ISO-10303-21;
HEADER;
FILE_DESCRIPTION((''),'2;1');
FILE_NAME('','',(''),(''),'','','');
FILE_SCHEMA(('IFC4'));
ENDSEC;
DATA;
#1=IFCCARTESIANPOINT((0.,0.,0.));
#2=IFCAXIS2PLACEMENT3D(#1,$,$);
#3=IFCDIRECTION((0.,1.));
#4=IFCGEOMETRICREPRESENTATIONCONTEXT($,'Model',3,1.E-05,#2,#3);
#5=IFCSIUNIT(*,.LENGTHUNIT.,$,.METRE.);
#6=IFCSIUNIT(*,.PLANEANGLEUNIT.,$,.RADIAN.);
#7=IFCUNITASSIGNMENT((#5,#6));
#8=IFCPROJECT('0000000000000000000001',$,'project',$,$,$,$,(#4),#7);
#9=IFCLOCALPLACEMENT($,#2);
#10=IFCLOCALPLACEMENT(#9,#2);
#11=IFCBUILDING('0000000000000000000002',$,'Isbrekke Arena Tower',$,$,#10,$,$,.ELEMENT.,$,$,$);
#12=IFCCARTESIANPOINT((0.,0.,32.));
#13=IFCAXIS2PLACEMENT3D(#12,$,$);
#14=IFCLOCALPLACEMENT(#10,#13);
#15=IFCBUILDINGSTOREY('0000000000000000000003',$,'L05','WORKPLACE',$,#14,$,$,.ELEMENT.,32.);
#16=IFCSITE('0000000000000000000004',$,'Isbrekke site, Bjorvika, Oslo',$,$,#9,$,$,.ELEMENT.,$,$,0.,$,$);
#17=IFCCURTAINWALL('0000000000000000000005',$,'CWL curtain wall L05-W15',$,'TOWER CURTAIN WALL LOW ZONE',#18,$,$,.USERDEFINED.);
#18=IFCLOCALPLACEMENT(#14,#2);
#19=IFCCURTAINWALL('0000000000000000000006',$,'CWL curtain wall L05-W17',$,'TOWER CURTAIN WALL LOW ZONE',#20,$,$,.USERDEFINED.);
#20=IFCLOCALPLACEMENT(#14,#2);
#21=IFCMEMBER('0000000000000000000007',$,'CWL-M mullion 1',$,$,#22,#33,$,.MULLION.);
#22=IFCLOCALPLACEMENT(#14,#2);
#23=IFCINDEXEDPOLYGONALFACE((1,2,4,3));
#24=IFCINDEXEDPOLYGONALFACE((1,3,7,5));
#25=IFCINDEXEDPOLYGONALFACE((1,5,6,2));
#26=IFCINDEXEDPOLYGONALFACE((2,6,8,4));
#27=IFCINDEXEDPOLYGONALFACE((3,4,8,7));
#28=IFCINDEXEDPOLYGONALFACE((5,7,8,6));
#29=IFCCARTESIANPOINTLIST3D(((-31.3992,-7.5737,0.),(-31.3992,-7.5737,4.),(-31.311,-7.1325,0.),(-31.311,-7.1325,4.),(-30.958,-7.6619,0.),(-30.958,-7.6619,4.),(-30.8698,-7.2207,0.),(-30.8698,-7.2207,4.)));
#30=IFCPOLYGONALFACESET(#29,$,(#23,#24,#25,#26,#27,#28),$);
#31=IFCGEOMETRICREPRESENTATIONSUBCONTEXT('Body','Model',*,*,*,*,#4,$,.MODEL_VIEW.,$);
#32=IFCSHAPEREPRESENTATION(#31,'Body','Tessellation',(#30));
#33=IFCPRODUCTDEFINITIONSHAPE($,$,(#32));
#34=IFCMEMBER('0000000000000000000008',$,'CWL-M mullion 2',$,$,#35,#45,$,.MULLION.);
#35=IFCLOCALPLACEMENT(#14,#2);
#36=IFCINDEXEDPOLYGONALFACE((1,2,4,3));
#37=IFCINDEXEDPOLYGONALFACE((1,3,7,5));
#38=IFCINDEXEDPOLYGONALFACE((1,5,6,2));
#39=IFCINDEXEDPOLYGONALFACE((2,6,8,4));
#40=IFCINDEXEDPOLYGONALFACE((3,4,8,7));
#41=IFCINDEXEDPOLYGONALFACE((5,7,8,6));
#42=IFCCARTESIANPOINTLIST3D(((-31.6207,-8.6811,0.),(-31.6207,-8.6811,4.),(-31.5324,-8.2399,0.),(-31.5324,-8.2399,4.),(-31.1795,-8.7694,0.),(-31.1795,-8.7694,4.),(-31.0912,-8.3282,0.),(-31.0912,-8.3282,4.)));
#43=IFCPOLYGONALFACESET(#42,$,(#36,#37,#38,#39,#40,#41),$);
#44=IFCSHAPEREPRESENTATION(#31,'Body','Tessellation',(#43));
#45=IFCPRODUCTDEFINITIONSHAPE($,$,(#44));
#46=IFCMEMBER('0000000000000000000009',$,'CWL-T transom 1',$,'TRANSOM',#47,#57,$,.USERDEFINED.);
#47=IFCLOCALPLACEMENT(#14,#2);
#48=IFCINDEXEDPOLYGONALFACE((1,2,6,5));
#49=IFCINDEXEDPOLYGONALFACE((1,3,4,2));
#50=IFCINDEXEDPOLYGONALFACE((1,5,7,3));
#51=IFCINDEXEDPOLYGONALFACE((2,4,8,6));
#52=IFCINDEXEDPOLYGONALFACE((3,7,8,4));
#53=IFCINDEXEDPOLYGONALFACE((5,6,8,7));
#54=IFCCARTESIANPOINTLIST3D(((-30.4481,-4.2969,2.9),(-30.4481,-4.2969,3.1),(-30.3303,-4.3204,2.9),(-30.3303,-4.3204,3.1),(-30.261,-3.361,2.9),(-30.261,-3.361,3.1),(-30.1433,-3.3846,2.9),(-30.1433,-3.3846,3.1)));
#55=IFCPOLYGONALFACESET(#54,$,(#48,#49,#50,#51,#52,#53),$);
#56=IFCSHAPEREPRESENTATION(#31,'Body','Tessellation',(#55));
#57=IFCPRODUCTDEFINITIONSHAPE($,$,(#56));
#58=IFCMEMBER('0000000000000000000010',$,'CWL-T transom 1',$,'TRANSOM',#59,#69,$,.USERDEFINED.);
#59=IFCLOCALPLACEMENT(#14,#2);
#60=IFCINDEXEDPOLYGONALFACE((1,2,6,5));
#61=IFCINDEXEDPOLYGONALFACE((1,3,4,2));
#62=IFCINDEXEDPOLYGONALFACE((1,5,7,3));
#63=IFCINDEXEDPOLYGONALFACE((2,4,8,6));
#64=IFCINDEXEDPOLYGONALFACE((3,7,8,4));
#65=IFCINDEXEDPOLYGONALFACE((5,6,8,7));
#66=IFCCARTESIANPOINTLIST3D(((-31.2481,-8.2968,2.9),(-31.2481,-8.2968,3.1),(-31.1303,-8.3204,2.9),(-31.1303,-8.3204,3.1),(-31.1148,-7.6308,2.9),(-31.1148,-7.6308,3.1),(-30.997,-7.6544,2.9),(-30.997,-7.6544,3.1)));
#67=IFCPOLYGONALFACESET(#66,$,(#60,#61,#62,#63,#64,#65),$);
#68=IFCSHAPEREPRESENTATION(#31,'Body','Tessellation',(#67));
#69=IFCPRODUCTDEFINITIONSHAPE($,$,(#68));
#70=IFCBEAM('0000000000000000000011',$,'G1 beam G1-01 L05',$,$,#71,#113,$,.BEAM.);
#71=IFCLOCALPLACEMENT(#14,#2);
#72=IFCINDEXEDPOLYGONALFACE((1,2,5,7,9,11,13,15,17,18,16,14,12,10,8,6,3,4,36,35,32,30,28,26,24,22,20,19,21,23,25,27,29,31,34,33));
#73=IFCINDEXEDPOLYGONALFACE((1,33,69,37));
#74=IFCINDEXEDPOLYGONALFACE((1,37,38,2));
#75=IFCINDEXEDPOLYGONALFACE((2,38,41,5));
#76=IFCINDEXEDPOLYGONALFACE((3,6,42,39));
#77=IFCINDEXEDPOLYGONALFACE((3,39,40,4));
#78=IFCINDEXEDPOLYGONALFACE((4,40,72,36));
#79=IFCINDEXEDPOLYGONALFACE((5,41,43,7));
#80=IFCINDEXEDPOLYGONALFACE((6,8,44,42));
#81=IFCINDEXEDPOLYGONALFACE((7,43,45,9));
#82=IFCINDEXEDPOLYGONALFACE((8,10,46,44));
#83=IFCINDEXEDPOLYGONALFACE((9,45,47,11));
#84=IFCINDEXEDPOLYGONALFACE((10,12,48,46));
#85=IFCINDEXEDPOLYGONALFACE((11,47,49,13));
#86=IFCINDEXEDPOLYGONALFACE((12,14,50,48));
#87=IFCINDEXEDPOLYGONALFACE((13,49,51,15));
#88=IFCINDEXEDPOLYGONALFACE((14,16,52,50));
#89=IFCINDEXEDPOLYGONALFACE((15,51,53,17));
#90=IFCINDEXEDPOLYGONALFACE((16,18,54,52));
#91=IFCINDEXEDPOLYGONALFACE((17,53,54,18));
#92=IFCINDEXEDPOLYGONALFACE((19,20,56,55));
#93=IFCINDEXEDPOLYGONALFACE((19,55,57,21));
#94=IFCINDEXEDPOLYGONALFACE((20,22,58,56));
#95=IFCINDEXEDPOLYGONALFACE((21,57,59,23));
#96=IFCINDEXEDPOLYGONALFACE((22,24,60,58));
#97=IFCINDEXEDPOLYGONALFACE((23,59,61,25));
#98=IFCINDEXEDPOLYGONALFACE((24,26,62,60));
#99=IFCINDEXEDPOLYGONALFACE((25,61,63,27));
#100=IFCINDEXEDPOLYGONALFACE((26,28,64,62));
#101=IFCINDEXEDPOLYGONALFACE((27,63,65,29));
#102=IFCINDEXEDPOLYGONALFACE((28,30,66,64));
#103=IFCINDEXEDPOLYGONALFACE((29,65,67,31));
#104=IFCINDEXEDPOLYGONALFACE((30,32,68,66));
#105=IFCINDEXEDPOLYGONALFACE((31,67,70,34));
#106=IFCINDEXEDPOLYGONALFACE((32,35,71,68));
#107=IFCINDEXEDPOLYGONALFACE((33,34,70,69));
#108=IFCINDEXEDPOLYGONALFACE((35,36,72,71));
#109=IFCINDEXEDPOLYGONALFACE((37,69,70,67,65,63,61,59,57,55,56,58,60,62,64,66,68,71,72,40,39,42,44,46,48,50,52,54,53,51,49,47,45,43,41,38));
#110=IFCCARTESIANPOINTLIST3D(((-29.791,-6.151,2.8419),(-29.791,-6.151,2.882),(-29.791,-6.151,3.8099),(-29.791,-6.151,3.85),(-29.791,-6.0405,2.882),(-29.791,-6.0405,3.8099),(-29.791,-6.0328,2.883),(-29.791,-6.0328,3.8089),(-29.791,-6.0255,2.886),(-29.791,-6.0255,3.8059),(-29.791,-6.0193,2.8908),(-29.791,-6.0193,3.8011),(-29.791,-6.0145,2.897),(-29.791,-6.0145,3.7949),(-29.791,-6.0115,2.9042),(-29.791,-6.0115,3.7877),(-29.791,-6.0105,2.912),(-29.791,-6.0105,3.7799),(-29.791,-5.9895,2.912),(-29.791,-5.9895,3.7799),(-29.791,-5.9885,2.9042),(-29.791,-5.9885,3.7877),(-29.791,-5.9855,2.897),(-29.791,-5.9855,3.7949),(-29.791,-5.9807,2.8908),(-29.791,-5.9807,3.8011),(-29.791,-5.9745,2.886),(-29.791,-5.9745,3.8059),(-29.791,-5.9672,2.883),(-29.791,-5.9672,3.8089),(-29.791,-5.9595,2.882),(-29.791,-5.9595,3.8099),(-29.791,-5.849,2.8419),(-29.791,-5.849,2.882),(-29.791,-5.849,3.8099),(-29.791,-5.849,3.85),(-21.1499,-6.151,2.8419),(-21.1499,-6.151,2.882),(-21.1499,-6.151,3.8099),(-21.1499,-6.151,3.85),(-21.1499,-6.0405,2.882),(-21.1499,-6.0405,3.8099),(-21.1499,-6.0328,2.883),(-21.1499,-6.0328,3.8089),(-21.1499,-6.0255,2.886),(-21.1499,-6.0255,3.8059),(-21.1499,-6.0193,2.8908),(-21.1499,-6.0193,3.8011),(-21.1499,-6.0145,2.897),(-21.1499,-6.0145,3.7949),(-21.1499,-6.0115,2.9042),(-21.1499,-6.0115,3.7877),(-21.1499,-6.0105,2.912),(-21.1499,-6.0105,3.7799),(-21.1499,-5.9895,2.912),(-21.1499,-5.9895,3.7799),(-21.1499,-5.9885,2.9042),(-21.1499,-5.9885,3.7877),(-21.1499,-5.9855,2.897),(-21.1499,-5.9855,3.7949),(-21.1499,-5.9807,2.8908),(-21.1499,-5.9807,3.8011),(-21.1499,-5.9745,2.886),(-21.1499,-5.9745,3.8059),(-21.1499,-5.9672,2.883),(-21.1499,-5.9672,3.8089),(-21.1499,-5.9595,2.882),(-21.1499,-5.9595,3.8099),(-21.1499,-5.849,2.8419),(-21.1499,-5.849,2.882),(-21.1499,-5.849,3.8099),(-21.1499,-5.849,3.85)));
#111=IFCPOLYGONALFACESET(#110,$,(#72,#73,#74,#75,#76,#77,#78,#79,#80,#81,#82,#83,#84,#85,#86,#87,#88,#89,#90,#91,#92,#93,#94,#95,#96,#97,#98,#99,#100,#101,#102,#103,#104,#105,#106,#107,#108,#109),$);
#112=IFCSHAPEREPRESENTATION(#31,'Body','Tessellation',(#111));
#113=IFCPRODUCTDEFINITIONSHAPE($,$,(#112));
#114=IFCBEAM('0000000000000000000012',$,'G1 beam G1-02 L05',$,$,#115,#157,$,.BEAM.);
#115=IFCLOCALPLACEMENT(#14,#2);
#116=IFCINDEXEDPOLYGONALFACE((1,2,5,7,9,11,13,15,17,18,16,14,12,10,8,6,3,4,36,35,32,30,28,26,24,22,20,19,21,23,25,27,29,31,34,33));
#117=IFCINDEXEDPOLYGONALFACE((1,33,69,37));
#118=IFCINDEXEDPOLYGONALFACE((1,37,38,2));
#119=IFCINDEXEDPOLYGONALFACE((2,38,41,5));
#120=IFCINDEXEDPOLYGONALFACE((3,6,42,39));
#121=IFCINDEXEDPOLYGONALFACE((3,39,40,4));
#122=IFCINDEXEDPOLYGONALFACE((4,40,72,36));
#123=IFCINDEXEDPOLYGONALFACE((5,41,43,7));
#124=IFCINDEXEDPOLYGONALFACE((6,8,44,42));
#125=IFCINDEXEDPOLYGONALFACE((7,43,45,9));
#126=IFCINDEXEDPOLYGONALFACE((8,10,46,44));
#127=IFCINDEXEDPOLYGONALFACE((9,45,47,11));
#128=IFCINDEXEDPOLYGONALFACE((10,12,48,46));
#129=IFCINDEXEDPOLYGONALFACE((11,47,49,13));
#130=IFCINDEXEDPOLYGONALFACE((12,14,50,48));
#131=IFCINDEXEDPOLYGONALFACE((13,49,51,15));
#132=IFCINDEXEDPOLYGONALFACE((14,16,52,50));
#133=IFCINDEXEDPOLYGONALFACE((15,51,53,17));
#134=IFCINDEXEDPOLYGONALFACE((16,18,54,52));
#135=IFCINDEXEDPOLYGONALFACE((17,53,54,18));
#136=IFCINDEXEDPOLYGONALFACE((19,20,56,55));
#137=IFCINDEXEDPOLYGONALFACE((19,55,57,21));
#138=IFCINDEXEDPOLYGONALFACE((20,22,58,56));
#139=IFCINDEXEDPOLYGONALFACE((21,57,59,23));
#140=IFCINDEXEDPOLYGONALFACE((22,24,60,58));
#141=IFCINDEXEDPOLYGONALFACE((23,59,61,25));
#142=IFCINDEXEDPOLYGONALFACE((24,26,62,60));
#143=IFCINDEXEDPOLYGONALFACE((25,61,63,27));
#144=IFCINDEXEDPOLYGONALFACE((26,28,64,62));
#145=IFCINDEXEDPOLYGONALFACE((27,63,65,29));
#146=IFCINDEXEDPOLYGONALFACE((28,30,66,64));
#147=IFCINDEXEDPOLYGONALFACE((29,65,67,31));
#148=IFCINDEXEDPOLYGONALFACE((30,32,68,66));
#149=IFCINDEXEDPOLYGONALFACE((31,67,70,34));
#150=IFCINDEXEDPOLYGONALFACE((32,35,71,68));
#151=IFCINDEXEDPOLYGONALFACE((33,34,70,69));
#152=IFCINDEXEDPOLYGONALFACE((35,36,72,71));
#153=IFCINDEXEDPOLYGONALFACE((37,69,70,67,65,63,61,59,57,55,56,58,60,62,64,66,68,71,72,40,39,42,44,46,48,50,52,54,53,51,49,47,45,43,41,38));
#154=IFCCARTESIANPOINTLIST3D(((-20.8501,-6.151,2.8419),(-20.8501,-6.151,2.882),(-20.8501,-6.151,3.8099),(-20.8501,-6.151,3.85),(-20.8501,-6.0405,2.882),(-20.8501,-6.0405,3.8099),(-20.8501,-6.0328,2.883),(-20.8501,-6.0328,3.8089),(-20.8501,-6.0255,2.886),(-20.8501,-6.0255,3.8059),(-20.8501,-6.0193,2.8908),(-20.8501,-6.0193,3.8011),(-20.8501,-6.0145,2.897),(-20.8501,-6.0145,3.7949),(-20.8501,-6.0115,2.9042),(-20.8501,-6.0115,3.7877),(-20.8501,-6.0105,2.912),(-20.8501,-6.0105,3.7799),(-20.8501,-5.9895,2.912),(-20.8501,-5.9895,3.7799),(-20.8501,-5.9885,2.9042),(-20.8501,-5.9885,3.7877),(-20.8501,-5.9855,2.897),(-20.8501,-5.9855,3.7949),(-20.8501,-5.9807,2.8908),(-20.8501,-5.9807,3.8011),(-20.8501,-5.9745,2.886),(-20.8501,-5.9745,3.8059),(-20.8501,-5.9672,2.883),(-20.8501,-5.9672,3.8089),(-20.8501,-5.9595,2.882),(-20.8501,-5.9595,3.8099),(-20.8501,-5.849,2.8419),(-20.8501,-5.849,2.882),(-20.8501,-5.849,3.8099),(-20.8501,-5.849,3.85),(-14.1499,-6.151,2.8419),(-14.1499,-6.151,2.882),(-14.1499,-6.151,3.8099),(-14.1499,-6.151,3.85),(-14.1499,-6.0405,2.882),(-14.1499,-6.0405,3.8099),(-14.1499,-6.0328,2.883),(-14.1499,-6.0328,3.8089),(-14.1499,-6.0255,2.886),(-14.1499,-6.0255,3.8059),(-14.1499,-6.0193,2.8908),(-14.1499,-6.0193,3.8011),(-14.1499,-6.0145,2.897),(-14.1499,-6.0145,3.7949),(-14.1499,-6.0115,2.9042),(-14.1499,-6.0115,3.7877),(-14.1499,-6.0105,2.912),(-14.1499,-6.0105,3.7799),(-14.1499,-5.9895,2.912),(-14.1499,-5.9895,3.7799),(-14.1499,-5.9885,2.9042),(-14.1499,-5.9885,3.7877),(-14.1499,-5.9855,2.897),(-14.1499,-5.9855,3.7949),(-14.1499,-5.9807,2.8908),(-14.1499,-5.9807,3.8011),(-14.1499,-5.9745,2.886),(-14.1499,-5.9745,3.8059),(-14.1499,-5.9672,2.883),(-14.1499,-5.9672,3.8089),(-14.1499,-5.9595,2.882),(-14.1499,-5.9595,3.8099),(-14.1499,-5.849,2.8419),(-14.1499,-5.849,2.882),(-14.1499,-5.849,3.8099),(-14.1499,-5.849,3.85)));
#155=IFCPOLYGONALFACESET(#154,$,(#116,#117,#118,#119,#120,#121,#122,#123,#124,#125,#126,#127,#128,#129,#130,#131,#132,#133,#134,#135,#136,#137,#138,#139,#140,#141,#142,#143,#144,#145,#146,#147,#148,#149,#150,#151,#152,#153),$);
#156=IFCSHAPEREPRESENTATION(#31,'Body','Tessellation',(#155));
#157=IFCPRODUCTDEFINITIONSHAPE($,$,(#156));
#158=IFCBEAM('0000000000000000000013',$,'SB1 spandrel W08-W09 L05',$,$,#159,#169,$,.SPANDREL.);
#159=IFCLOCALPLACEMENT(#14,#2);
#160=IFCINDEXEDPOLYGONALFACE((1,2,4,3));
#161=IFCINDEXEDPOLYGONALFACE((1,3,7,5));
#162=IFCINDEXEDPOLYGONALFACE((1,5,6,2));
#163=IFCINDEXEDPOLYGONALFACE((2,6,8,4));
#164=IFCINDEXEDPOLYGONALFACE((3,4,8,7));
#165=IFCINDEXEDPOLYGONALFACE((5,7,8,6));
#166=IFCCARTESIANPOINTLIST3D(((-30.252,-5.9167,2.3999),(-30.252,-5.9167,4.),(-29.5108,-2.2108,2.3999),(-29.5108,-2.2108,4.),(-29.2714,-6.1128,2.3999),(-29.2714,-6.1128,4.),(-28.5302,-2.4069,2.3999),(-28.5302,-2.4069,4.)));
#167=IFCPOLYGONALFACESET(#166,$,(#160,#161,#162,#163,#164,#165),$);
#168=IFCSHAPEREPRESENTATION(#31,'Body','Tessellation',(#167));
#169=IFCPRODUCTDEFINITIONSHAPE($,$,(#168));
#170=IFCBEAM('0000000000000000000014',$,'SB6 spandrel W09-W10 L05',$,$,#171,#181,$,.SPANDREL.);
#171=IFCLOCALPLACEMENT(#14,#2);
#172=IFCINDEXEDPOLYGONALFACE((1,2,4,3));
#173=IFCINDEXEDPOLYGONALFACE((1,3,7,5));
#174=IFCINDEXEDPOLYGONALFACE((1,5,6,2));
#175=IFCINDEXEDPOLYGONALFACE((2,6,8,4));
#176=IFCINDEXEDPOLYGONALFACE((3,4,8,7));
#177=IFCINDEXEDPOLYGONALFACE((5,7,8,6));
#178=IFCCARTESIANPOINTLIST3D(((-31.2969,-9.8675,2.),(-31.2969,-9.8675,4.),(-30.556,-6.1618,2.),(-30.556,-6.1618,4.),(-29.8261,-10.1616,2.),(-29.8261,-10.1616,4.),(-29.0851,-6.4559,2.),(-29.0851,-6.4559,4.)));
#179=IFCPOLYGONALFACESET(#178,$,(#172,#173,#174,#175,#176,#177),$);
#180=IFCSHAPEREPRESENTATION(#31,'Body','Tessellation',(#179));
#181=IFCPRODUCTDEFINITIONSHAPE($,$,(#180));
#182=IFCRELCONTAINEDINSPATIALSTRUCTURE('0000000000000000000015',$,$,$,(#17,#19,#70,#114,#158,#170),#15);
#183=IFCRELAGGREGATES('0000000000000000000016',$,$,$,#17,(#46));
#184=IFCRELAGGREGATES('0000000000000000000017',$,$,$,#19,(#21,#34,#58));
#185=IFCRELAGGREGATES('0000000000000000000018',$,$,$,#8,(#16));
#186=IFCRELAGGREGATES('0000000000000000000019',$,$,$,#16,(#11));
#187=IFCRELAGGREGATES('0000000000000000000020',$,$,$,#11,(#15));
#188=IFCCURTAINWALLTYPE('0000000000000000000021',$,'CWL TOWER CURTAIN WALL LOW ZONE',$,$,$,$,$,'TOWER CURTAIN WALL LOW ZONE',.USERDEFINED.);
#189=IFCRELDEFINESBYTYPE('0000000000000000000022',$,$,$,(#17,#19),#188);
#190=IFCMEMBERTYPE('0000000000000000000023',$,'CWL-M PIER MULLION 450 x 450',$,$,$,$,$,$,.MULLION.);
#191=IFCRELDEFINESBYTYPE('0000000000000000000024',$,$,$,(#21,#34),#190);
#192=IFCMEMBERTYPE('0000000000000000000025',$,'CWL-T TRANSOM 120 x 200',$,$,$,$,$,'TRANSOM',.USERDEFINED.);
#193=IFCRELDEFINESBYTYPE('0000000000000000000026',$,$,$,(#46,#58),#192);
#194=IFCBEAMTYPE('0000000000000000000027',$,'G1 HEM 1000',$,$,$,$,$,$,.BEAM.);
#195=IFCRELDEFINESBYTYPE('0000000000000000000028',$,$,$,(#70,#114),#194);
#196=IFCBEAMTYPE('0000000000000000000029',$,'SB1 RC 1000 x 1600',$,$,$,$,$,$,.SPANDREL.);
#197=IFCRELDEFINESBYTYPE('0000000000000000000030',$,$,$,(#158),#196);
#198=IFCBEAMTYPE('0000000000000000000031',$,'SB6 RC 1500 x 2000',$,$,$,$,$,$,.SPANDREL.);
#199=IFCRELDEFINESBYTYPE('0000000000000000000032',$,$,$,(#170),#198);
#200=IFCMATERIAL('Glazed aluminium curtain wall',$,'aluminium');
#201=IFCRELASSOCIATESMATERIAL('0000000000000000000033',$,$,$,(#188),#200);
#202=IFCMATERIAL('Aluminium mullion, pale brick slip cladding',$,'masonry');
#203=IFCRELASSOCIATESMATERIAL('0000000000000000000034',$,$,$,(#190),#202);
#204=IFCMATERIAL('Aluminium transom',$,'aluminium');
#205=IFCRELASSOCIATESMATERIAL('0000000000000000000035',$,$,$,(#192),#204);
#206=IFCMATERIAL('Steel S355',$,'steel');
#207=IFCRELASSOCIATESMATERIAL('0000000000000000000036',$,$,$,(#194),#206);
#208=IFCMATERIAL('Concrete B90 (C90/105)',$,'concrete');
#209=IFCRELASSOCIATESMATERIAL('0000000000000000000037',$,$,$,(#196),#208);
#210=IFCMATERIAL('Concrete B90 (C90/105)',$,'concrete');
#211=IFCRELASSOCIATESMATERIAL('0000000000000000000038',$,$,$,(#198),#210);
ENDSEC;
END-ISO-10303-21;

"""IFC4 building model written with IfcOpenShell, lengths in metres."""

from ifc_helpers import new_model, si_unit, direction, frame, origin, origin_2d, place, context, subcontext, project, spatial, rectangle, i_section, extrude, material, material_profile, profile_set, type_object, element, aggregate, save


model = new_model("IFC4")

# Units and contexts
model_context = context("Model", 3, precision=1e-05, world=origin(), true_north=direction((0.0, 1.0)))
body_context = subcontext(model_context, "Body", "Model", "MODEL_VIEW")
ifc_project = project(units=[si_unit("LENGTHUNIT", "METRE"), si_unit("PLANEANGLEUNIT", "RADIAN")], contexts=[model_context])

# Site, building, storey
site_placement = place(None, origin())
site = spatial("IfcSite", under=ifc_project, at=site_placement, Name="Isbrekke site, Bjorvika, Oslo", CompositionType="ELEMENT", RefElevation=0.0)
building_placement = place(site_placement, origin())
building = spatial("IfcBuilding", under=site, at=building_placement, Name="Isbrekke Arena Tower", CompositionType="ELEMENT")
storey_placement = place(building_placement, frame((0.0, 0.0, 32.0)))
storey = spatial("IfcBuildingStorey", under=building, at=storey_placement, Name="L05", Description="WORKPLACE", CompositionType="ELEMENT", Elevation=32.0)

# Shared definitions
ifc_material_1 = material(Name="Glazed aluminium curtain wall", Category="aluminium")
curtain_wall_type = type_object("IfcCurtainWallType", Name="CWL TOWER CURTAIN WALL LOW ZONE", ElementType="TOWER CURTAIN WALL LOW ZONE", PredefinedType="USERDEFINED", material=ifc_material_1)
ifc_material_2 = material(Name="Aluminium mullion, pale brick slip cladding", Category="masonry")
ifc_material_profile_1 = material_profile(ifc_material_2, rectangle(XDim=0.45, YDim=0.45, at=origin_2d()), Name="PIER 450X450")
ifc_profile_set_1 = profile_set([ifc_material_profile_1], Name="Aluminium mullion, pale brick slip cladding")
member_type_1 = type_object("IfcMemberType", Name="CWL-M PIER MULLION 450 x 450", PredefinedType="MULLION", material=ifc_profile_set_1)

# Curtain walls, members
curtain_wall_1_placement = place(storey_placement, origin())
curtain_wall_1 = element("IfcCurtainWall", 1, at=curtain_wall_1_placement, inside=storey, type_object=curtain_wall_type, Name="CWL curtain wall L05-W15", ObjectType="TOWER CURTAIN WALL LOW ZONE", PredefinedType="USERDEFINED")
curtain_wall_2_placement = place(storey_placement, origin())
curtain_wall_2 = element("IfcCurtainWall", 2, at=curtain_wall_2_placement, inside=storey, type_object=curtain_wall_type, Name="CWL curtain wall L05-W17", ObjectType="TOWER CURTAIN WALL LOW ZONE", PredefinedType="USERDEFINED")
member_1_placement = place(storey_placement, frame((-31.1345, -7.3972, 0.0), z_axis=(0.0, 0.0, 1.0), x_axis=(-0.196116, -0.980581, 0.0)))
member_1 = element("IfcMember", 3, at=member_1_placement, type_object=member_type_1, Name="CWL-M mullion 1", PredefinedType="MULLION", context=body_context, shape_type="SweptSolid", body=[
    extrude(rectangle(XDim=0.45, YDim=0.45, at=origin_2d()), origin(), (0.0, 0.0, 1.0), 4.0),
])
member_2_placement = place(storey_placement, frame((-31.356, -8.5046, 0.0), z_axis=(0.0, 0.0, 1.0), x_axis=(-0.196116, -0.980581, 0.0)))
member_2 = element("IfcMember", 4, at=member_2_placement, type_object=member_type_1, Name="CWL-M mullion 2", PredefinedType="MULLION", context=body_context, shape_type="SweptSolid", body=[
    extrude(rectangle(XDim=0.45, YDim=0.45, at=origin_2d()), origin(), (0.0, 0.0, 1.0), 4.0),
])

# Members
ifc_material_3 = material(Name="Aluminium transom", Category="aluminium")
ifc_material_profile_2 = material_profile(ifc_material_3, rectangle(XDim=0.1201, YDim=0.2, at=origin_2d()), Name="TRANSOM 120X200")
ifc_profile_set_2 = profile_set([ifc_material_profile_2], Name="Aluminium transom")
member_type_2 = type_object("IfcMemberType", Name="CWL-T TRANSOM 120 x 200", ElementType="TRANSOM", PredefinedType="USERDEFINED", material=ifc_profile_set_2)
member_3_placement = place(storey_placement, frame((-30.2021, -3.3728, 3.0), z_axis=(-0.195969, -0.98061, 0.0), x_axis=(0.98061, -0.195969, 0.0)))
member_3 = element("IfcMember", 5, at=member_3_placement, type_object=member_type_2, Name="CWL-T transom 1", ObjectType="TRANSOM", PredefinedType="USERDEFINED", context=body_context, shape_type="SweptSolid", body=[
    extrude(rectangle(XDim=0.1201, YDim=0.2, at=origin_2d()), origin(), (0.0, 0.0, 1.0), 0.9543),
])
member_4_placement = place(storey_placement, frame((-31.0559, -7.6426, 3.0), z_axis=(-0.196254, -0.980553, 0.0), x_axis=(0.980553, -0.196254, 0.0)))
member_4 = element("IfcMember", 6, at=member_4_placement, type_object=member_type_2, Name="CWL-T transom 1", ObjectType="TRANSOM", PredefinedType="USERDEFINED", context=body_context, shape_type="SweptSolid", body=[
    extrude(rectangle(XDim=0.1201, YDim=0.2, at=origin_2d()), origin(), (0.0, 0.0, 1.0), 0.6792),
])

# Beams
ifc_material_4 = material(Name="Steel S355", Category="steel")
ifc_material_profile_3 = material_profile(ifc_material_4, i_section(OverallWidth=0.302, OverallDepth=1.0081, WebThickness=0.021, FlangeThickness=0.04, FilletRadius=0.03, at=origin_2d()), Name="HEM 1000")
ifc_profile_set_3 = profile_set([ifc_material_profile_3], Name="Steel S355")
beam_type_1 = type_object("IfcBeamType", Name="G1 HEM 1000", PredefinedType="BEAM", material=ifc_profile_set_3)
beam_1_placement = place(storey_placement, frame((-29.791, -6.0, 3.3459), z_axis=(1.0, 0.0, 0.0), x_axis=(0.0, 1.0, 0.0)))
element("IfcBeam", 7, at=beam_1_placement, inside=storey, type_object=beam_type_1, Name="G1 beam G1-01 L05", PredefinedType="BEAM", context=body_context, shape_type="SweptSolid", body=[
    extrude(i_section(OverallWidth=0.302, OverallDepth=1.0081, WebThickness=0.021, FlangeThickness=0.04, FilletRadius=0.03, at=origin_2d()), origin(), (0.0, 0.0, 1.0), 8.6411),
])
beam_2_placement = place(storey_placement, frame((-20.8501, -6.0, 3.3459), z_axis=(1.0, 0.0, 0.0), x_axis=(0.0, 1.0, 0.0)))
element("IfcBeam", 8, at=beam_2_placement, inside=storey, type_object=beam_type_1, Name="G1 beam G1-02 L05", PredefinedType="BEAM", context=body_context, shape_type="SweptSolid", body=[
    extrude(i_section(OverallWidth=0.302, OverallDepth=1.0081, WebThickness=0.021, FlangeThickness=0.04, FilletRadius=0.03, at=origin_2d()), origin(), (0.0, 0.0, 1.0), 6.7002),
])
ifc_material_5 = material(Name="Concrete B90 (C90/105)", Category="concrete")
ifc_material_profile_4 = material_profile(ifc_material_5, rectangle(XDim=1.0, YDim=1.6001, at=origin_2d()), Name="RC 1000x1600")
ifc_profile_set_4 = profile_set([ifc_material_profile_4], Name="Concrete B90 (C90/105)")
beam_type_2 = type_object("IfcBeamType", Name="SB1 RC 1000 x 1600", PredefinedType="SPANDREL", material=ifc_profile_set_4)
beam_3_placement = place(storey_placement, frame((-29.0205, -2.3088, 3.2), z_axis=(-0.196129, -0.980578, 0.0), x_axis=(0.980578, -0.196129, 0.0)))
element("IfcBeam", 9, at=beam_3_placement, inside=storey, type_object=beam_type_2, Name="SB1 spandrel W08-W09 L05", PredefinedType="SPANDREL", context=body_context, shape_type="SweptSolid", body=[
    extrude(rectangle(XDim=1.0, YDim=1.6001, at=origin_2d()), origin(), (0.0, 0.0, 1.0), 3.7793),
])
ifc_material_6 = material(Name="Concrete B90 (C90/105)", Category="concrete")
ifc_material_profile_5 = material_profile(ifc_material_6, rectangle(XDim=1.5, YDim=2.0, at=origin_2d()), Name="RC 1500x2000")
ifc_profile_set_5 = profile_set([ifc_material_profile_5], Name="Concrete B90 (C90/105)")
beam_type_3 = type_object("IfcBeamType", Name="SB6 RC 1500 x 2000", PredefinedType="SPANDREL", material=ifc_profile_set_5)
beam_4_placement = place(storey_placement, frame((-29.8206, -6.3088, 3.0), z_axis=(-0.196066, -0.980591, 0.0), x_axis=(0.980591, -0.196066, 0.0)))
element("IfcBeam", 10, at=beam_4_placement, inside=storey, type_object=beam_type_3, Name="SB6 spandrel W09-W10 L05", PredefinedType="SPANDREL", context=body_context, shape_type="SweptSolid", body=[
    extrude(rectangle(XDim=1.5, YDim=2.0, at=origin_2d()), origin(), (0.0, 0.0, 1.0), 3.7791),
])

aggregate(curtain_wall_1, [member_3])
aggregate(curtain_wall_2, [member_1, member_2, member_4])

save(model, "model.ifc")
